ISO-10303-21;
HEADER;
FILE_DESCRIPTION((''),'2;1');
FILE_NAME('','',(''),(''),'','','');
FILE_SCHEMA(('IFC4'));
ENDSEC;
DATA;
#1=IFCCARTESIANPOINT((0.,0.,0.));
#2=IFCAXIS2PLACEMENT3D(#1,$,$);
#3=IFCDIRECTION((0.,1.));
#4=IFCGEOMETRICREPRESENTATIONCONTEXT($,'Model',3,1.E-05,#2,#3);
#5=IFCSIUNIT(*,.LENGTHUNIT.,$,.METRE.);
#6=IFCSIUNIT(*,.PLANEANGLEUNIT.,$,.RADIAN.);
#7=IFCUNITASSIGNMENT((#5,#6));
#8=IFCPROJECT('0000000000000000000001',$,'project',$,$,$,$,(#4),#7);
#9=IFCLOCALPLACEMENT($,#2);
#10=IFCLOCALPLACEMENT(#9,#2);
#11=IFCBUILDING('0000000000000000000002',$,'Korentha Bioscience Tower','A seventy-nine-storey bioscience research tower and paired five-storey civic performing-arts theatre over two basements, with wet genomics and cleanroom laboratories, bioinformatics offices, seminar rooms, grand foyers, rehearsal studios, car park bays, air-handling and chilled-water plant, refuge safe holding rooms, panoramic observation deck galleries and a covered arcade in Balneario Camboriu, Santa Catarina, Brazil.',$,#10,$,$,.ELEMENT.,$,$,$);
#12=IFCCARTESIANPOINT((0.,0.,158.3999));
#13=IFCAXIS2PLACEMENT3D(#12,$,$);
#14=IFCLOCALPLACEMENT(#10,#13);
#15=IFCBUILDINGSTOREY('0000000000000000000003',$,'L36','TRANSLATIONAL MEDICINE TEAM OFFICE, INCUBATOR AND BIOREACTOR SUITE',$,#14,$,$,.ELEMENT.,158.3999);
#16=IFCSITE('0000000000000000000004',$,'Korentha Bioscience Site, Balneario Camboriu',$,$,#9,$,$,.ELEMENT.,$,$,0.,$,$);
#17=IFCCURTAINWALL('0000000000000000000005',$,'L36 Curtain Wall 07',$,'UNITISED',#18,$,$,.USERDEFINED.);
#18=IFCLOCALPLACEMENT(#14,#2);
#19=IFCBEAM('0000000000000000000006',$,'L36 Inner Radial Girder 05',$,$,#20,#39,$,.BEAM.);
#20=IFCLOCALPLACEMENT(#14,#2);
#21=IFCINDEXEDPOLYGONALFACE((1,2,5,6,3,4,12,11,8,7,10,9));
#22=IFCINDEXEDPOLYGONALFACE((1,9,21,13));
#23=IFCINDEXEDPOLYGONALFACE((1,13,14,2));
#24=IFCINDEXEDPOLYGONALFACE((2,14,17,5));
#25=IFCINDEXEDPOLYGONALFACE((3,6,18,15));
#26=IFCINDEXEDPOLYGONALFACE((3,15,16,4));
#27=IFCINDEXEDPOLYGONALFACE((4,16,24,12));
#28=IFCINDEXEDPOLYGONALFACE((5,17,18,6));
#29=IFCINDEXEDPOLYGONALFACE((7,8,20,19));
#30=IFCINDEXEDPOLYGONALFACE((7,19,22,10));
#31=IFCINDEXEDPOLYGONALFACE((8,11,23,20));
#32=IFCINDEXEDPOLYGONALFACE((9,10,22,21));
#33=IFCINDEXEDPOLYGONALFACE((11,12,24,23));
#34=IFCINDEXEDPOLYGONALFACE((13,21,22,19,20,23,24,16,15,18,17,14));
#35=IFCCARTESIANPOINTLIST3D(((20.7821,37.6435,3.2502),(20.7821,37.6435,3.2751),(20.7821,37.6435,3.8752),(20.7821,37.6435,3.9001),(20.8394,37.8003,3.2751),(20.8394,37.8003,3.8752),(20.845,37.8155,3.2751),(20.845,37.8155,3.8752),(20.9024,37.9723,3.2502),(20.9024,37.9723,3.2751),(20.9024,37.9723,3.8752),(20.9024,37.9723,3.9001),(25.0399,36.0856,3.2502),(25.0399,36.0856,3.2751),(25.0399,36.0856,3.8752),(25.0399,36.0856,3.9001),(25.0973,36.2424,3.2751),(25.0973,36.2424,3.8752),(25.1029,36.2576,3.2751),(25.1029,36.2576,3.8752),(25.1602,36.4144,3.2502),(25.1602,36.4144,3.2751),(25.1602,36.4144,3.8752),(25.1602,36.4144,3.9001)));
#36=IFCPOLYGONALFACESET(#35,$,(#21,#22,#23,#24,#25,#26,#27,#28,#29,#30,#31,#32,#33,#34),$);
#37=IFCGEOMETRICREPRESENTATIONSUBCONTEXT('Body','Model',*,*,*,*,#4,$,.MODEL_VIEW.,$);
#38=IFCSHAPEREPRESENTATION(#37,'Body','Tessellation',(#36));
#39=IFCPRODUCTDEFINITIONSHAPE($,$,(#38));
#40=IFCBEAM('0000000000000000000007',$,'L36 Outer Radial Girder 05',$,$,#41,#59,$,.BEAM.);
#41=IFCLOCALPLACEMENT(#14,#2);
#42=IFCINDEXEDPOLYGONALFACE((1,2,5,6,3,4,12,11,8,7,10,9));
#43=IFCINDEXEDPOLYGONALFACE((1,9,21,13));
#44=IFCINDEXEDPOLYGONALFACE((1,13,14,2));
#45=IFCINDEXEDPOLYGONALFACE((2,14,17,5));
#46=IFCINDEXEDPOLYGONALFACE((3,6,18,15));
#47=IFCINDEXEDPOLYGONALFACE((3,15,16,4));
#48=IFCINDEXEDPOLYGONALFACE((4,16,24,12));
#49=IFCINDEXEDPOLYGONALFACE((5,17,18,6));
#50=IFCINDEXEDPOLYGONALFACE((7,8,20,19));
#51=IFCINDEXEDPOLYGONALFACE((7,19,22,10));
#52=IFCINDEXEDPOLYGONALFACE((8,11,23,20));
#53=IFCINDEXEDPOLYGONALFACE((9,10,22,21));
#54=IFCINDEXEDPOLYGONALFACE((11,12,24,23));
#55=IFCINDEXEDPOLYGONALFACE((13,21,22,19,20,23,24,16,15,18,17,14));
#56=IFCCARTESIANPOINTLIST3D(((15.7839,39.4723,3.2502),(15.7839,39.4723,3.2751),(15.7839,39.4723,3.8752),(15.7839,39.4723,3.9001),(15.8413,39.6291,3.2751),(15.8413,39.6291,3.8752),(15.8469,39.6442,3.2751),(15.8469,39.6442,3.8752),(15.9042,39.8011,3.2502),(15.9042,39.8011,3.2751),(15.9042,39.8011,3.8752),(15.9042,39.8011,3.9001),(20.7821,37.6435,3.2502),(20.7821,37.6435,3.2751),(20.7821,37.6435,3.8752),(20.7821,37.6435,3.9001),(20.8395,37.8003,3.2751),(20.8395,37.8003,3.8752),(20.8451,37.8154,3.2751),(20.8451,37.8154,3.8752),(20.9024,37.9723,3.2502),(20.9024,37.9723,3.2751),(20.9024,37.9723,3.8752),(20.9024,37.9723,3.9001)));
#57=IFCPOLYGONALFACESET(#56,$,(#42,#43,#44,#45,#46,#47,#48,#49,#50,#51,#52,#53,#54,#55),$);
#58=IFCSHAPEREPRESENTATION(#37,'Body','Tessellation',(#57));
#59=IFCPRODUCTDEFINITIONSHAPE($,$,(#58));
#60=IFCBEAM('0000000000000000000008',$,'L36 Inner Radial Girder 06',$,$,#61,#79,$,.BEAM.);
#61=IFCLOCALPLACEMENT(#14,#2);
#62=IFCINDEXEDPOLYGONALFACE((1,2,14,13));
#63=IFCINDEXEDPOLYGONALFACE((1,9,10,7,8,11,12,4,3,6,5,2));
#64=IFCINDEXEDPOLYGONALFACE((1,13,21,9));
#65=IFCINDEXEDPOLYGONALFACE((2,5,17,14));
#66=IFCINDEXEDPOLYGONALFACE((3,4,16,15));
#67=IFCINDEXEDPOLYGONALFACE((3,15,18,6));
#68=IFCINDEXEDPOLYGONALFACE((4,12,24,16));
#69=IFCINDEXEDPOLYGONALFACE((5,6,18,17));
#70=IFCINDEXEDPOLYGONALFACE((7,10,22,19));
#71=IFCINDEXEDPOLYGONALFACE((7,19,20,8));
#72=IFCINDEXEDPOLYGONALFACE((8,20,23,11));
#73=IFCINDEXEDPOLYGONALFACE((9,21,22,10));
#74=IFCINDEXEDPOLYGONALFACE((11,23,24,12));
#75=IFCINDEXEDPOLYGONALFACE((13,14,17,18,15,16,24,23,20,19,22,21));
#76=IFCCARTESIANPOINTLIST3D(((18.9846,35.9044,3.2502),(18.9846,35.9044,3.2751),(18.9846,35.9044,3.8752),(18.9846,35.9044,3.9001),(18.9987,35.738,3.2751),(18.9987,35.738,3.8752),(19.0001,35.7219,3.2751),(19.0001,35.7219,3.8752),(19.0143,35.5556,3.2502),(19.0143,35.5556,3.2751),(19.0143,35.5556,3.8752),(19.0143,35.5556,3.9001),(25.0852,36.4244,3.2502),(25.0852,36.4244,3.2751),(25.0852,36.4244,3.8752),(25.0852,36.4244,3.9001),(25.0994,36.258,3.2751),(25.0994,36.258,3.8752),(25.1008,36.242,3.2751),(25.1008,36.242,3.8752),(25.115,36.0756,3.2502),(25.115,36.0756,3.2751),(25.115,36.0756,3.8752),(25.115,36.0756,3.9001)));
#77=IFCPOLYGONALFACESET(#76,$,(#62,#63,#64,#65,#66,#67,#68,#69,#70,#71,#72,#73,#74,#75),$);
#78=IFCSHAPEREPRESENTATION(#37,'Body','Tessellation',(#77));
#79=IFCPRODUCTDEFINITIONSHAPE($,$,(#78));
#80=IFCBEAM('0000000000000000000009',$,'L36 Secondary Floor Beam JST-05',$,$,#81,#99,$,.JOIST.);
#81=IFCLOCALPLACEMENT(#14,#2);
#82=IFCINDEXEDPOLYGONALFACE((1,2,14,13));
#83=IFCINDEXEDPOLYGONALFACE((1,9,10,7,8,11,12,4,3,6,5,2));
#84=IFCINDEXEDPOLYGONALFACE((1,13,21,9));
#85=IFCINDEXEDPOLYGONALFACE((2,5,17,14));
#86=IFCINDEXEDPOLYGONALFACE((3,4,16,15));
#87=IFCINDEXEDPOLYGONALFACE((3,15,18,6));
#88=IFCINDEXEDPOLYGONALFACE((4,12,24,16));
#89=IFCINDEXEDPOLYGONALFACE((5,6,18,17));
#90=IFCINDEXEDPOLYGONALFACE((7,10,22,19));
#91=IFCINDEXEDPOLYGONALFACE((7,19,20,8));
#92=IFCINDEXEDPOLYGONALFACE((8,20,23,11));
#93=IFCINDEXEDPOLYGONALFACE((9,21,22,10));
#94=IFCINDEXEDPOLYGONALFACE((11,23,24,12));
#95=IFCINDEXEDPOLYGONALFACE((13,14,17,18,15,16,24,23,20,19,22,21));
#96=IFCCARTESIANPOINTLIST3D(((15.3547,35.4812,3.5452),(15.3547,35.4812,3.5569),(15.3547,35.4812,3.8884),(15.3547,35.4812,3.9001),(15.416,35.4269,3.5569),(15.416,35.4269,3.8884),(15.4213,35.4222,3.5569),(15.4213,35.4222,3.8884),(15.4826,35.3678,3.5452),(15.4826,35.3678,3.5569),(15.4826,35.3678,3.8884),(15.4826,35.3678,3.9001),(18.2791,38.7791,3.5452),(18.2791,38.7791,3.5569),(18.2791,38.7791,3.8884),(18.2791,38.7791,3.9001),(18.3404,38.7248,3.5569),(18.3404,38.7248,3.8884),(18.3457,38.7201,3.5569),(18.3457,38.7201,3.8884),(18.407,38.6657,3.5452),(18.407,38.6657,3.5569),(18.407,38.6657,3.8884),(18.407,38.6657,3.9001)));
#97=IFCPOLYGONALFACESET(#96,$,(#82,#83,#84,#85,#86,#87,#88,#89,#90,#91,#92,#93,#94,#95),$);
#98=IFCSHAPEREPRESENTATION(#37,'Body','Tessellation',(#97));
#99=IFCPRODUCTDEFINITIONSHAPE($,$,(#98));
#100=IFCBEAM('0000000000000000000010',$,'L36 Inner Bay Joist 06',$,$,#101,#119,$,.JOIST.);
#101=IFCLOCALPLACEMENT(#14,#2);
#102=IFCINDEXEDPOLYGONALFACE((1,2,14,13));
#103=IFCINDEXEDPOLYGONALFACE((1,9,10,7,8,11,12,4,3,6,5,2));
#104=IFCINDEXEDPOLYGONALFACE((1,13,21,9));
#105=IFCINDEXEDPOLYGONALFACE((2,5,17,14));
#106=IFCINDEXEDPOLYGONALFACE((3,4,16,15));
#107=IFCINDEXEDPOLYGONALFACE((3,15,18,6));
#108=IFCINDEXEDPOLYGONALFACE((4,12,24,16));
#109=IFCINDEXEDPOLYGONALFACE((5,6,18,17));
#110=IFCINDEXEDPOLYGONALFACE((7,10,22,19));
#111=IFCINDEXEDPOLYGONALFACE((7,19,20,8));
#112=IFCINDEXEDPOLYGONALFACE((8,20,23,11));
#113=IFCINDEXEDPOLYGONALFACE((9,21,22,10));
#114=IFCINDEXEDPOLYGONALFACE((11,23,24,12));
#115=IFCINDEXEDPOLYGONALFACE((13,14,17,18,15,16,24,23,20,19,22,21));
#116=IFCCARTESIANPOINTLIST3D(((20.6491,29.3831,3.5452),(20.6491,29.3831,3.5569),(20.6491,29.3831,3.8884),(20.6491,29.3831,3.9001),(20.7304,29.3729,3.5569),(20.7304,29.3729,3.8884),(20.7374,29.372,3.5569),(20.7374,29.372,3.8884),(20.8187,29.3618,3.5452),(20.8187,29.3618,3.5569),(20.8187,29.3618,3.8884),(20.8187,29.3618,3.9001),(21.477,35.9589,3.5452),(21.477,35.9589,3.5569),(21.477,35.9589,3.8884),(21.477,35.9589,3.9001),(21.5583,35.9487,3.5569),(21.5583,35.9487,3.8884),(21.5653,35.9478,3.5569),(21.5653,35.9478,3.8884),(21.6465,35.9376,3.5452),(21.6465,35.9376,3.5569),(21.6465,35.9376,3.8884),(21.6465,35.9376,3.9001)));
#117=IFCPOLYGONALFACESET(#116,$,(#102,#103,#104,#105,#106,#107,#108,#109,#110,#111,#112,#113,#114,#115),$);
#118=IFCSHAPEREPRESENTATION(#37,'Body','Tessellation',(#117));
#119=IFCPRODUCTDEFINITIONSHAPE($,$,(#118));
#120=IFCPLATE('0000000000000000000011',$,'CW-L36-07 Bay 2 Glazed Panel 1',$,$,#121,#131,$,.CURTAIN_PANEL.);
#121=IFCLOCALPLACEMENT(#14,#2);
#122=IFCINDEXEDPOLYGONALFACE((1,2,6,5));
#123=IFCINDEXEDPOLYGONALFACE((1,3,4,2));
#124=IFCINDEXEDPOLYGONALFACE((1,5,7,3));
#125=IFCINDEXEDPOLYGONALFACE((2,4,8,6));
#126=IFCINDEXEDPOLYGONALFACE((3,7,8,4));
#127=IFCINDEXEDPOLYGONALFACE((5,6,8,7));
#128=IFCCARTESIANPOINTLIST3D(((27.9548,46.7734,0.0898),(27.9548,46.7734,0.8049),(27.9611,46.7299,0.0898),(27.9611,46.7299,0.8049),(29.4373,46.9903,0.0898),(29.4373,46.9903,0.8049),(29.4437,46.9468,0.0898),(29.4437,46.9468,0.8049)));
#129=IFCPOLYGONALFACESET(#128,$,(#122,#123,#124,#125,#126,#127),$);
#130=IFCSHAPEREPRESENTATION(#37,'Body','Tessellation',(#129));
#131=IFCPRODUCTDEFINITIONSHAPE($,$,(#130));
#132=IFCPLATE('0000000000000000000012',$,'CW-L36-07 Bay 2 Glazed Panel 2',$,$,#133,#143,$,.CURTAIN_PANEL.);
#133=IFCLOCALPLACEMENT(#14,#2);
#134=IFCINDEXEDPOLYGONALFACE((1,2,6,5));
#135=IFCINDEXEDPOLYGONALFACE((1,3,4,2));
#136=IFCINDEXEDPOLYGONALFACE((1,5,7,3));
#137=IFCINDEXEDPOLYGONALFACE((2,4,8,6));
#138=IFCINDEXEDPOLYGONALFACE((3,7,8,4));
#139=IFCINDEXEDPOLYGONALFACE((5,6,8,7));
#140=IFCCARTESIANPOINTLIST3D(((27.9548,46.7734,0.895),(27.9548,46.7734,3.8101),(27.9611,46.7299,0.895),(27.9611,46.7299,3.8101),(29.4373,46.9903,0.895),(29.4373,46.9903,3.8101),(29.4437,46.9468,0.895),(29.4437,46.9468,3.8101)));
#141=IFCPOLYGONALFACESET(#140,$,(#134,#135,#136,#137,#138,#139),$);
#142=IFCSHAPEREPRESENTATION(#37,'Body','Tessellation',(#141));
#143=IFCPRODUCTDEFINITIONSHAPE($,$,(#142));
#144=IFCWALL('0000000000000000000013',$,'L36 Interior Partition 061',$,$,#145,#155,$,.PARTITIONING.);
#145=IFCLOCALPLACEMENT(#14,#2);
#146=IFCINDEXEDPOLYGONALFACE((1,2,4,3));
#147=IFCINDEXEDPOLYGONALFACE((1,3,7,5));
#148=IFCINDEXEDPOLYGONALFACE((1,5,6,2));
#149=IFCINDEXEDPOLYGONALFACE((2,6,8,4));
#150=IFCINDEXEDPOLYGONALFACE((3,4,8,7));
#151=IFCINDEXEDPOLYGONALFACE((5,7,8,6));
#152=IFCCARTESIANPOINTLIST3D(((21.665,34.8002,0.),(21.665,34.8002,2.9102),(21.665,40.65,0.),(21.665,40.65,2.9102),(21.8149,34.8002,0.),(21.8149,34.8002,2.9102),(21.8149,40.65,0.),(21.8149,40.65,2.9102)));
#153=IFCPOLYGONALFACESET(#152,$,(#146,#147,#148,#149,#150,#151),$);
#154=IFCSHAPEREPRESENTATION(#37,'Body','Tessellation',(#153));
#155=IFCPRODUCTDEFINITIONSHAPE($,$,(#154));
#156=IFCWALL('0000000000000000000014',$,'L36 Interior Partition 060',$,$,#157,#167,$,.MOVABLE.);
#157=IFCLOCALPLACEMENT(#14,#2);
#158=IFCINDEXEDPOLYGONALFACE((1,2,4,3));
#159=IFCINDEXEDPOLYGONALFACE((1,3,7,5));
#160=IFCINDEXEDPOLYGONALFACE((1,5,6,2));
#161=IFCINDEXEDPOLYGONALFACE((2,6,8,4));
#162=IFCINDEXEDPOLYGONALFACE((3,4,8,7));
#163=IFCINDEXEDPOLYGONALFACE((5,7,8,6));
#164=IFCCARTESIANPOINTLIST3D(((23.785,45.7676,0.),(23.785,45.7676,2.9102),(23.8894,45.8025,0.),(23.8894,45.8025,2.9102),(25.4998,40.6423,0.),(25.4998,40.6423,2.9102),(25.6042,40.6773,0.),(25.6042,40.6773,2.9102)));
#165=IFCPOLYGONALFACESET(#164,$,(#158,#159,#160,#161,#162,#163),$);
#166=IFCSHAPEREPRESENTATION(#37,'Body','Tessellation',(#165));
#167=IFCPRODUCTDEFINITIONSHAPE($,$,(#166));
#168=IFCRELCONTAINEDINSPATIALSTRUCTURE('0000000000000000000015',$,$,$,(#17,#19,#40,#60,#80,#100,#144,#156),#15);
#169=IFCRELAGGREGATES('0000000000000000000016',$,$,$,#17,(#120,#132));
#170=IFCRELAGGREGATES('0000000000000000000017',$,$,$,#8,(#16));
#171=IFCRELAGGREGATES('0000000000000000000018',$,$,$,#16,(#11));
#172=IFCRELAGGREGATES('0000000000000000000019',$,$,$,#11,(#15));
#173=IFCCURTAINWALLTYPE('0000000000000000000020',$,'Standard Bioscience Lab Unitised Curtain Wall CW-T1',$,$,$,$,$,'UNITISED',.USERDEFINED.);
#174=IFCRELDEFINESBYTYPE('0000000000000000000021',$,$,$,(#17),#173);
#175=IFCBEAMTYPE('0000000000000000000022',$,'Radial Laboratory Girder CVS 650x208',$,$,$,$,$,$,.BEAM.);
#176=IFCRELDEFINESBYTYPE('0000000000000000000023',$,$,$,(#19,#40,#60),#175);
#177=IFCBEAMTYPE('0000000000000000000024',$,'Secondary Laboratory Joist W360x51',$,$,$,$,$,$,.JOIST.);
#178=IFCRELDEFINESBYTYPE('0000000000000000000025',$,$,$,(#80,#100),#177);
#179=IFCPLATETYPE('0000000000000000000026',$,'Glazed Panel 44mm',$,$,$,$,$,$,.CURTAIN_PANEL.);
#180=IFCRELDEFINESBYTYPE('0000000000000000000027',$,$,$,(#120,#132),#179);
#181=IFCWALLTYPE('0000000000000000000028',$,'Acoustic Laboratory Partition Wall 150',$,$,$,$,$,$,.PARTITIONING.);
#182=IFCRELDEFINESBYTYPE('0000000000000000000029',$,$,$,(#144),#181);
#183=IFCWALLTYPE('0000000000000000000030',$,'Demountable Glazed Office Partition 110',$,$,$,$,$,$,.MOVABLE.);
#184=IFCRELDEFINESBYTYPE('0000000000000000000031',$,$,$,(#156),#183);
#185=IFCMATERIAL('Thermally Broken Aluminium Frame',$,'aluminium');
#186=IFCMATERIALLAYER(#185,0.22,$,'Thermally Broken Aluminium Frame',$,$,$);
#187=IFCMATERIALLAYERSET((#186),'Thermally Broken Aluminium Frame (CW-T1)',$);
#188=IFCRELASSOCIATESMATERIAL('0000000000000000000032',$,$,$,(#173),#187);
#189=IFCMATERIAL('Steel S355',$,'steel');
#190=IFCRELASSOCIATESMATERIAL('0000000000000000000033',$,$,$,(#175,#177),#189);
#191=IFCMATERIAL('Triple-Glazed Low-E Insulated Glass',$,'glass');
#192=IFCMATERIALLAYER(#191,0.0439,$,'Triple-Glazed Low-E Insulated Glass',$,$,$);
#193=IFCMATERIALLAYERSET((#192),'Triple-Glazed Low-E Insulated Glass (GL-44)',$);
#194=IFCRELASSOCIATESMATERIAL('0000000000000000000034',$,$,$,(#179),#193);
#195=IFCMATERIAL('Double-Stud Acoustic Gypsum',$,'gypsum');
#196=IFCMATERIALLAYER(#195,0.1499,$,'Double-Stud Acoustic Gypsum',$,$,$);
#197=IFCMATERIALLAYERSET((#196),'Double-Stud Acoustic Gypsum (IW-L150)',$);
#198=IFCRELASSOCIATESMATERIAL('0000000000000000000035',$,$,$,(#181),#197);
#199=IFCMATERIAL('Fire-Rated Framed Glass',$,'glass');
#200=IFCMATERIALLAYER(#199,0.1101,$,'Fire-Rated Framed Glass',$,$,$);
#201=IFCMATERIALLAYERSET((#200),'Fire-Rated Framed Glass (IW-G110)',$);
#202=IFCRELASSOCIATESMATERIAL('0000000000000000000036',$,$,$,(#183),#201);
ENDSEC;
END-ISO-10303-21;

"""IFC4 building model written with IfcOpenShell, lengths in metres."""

from ifc_helpers import new_model, si_unit, direction, frame, frame_2d, origin, origin_2d, place, context, subcontext, project, spatial, rectangle, i_section, extrude, material, layer, layer_set, material_profile, profile_set, type_object, element, aggregate, save


model = new_model("IFC4")

# Units and contexts
model_context = context("Model", 3, precision=1e-05, world=origin(), true_north=direction((0.0, 1.0)))
body_context = subcontext(model_context, "Body", "Model", "MODEL_VIEW")
ifc_project = project(units=[si_unit("LENGTHUNIT", "METRE"), si_unit("PLANEANGLEUNIT", "RADIAN")], contexts=[model_context])

# Site, building, storey
site_placement = place(None, origin())
site = spatial("IfcSite", under=ifc_project, at=site_placement, Name="Korentha Bioscience Site, Balneario Camboriu", CompositionType="ELEMENT", RefElevation=0.0)
building_placement = place(site_placement, origin())
building = spatial("IfcBuilding", under=site, at=building_placement, Name="Korentha Bioscience Tower", Description="A seventy-nine-storey bioscience research tower and paired five-storey civic performing-arts theatre over two basements, with wet genomics and cleanroom laboratories, bioinformatics offices, seminar rooms, grand foyers, rehearsal studios, car park bays, air-handling and chilled-water plant, refuge safe holding rooms, panoramic observation deck galleries and a covered arcade in Balneario Camboriu, Santa Catarina, Brazil.", CompositionType="ELEMENT")
storey_placement = place(building_placement, frame((0.0, 0.0, 158.3999)))
storey = spatial("IfcBuildingStorey", under=building, at=storey_placement, Name="L36", Description="TRANSLATIONAL MEDICINE TEAM OFFICE, INCUBATOR AND BIOREACTOR SUITE", CompositionType="ELEMENT", Elevation=158.3999)

# Shared definitions
ifc_material_1 = material(Name="Steel S355", Category="steel")

# Curtain wall
ifc_material_2 = material(Name="Thermally Broken Aluminium Frame", Category="aluminium")
ifc_layer_1 = layer(ifc_material_2, 0.22, Name="Thermally Broken Aluminium Frame")
ifc_layer_set_1 = layer_set([ifc_layer_1], Name="Thermally Broken Aluminium Frame (CW-T1)")
curtain_wall_type = type_object("IfcCurtainWallType", Name="Standard Bioscience Lab Unitised Curtain Wall CW-T1", ElementType="UNITISED", PredefinedType="USERDEFINED", material=ifc_layer_set_1)
curtain_wall_placement = place(storey_placement, origin())
curtain_wall = element("IfcCurtainWall", 1, at=curtain_wall_placement, inside=storey, type_object=curtain_wall_type, Name="L36 Curtain Wall 07", ObjectType="UNITISED", PredefinedType="USERDEFINED")

# Beams
ifc_material_profile_1 = material_profile(ifc_material_1, i_section(OverallWidth=0.3501, OverallDepth=0.6499, WebThickness=0.0161, FlangeThickness=0.0249, at=origin_2d()), Name="Steel S355")
ifc_profile_set_1 = profile_set([ifc_material_profile_1], Name="Steel S355 (RB-650)")
beam_type_1 = type_object("IfcBeamType", Name="Radial Laboratory Girder CVS 650x208", PredefinedType="BEAM", material=ifc_profile_set_1)
beam_1_placement = place(storey_placement, frame((25.1001, 36.25, 3.5752), z_axis=(-0.939114, 0.343606, 0.0), x_axis=(-0.343606, -0.939114, 0.0)))
element("IfcBeam", 2, at=beam_1_placement, inside=storey, type_object=beam_type_1, Name="L36 Inner Radial Girder 05", PredefinedType="BEAM", context=body_context, shape_type="SweptSolid", body=[
    extrude(i_section(OverallWidth=0.3501, OverallDepth=0.6499, WebThickness=0.0161, FlangeThickness=0.0249, at=origin_2d()), origin(), (0.0, 0.0, 1.0), 4.5339),
])
beam_2_placement = place(storey_placement, frame((20.8423, 37.8079, 3.5752), z_axis=(-0.93911, 0.343617, 0.0), x_axis=(-0.343617, -0.93911, 0.0)))
element("IfcBeam", 3, at=beam_2_placement, inside=storey, type_object=beam_type_1, Name="L36 Outer Radial Girder 05", PredefinedType="BEAM", context=body_context, shape_type="SweptSolid", body=[
    extrude(i_section(OverallWidth=0.3501, OverallDepth=0.6499, WebThickness=0.0161, FlangeThickness=0.0249, at=origin_2d()), origin(), (0.0, 0.0, 1.0), 5.3223),
])
beam_3_placement = place(storey_placement, frame((25.1001, 36.25, 3.5752), z_axis=(-0.996387, -0.084933, 0.0), x_axis=(0.084933, -0.996387, 0.0)))
element("IfcBeam", 4, at=beam_3_placement, inside=storey, type_object=beam_type_1, Name="L36 Inner Radial Girder 06", PredefinedType="BEAM", context=body_context, shape_type="SweptSolid", body=[
    extrude(i_section(OverallWidth=0.3501, OverallDepth=0.6499, WebThickness=0.0161, FlangeThickness=0.0249, at=origin_2d()), origin(), (0.0, 0.0, 1.0), 6.1228),
])
ifc_material_profile_2 = material_profile(ifc_material_1, i_section(OverallWidth=0.1709, OverallDepth=0.355, WebThickness=0.0071, FlangeThickness=0.0117, at=origin_2d()), Name="Steel S355")
ifc_profile_set_2 = profile_set([ifc_material_profile_2], Name="Steel S355 (JB-360)")
beam_type_2 = type_object("IfcBeamType", Name="Secondary Laboratory Joist W360x51", PredefinedType="JOIST", material=ifc_profile_set_2)
beam_4_placement = place(storey_placement, frame((18.343, 38.7224, 3.7227), z_axis=(-0.663463, -0.748209, 0.0), x_axis=(0.748209, -0.663463, 0.0)))
element("IfcBeam", 5, at=beam_4_placement, inside=storey, type_object=beam_type_2, Name="L36 Secondary Floor Beam JST-05", PredefinedType="JOIST", context=body_context, shape_type="SweptSolid", body=[
    extrude(i_section(OverallWidth=0.1709, OverallDepth=0.355, WebThickness=0.0071, FlangeThickness=0.0117, at=origin_2d()), origin(), (0.0, 0.0, 1.0), 4.4077),
])
beam_5_placement = place(storey_placement, frame((21.5618, 35.9482, 3.7227), z_axis=(-0.124914, -0.992168, 0.0), x_axis=(0.992168, -0.124914, 0.0)))
element("IfcBeam", 6, at=beam_5_placement, inside=storey, type_object=beam_type_2, Name="L36 Inner Bay Joist 06", PredefinedType="JOIST", context=body_context, shape_type="SweptSolid", body=[
    extrude(i_section(OverallWidth=0.1709, OverallDepth=0.355, WebThickness=0.0071, FlangeThickness=0.0117, at=origin_2d()), origin(), (0.0, 0.0, 1.0), 6.6277),
])

# Plates
ifc_material_3 = material(Name="Triple-Glazed Low-E Insulated Glass", Category="glass")
ifc_layer_2 = layer(ifc_material_3, 0.0439, Name="Triple-Glazed Low-E Insulated Glass")
ifc_layer_set_2 = layer_set([ifc_layer_2], Name="Triple-Glazed Low-E Insulated Glass (GL-44)")
plate_type = type_object("IfcPlateType", Name="Glazed Panel 44mm", PredefinedType="CURTAIN_PANEL", material=ifc_layer_set_2)
plate_1_placement = place(storey_placement, frame((28.6992, 46.8601, 0.0898), z_axis=(0.0, 0.0, 1.0), x_axis=(-0.989462, -0.144793, 0.0)))
plate_1 = element("IfcPlate", 7, at=plate_1_placement, type_object=plate_type, Name="CW-L36-07 Bay 2 Glazed Panel 1", PredefinedType="CURTAIN_PANEL", context=body_context, shape_type="SweptSolid", body=[
    extrude(rectangle(XDim=1.4983, YDim=0.0439, at=origin_2d()), origin(), (0.0, 0.0, 1.0), 0.7151),
])
plate_2_placement = place(storey_placement, frame((28.6992, 46.8601, 0.895), z_axis=(0.0, 0.0, 1.0), x_axis=(-0.989462, -0.144793, 0.0)))
plate_2 = element("IfcPlate", 8, at=plate_2_placement, type_object=plate_type, Name="CW-L36-07 Bay 2 Glazed Panel 2", PredefinedType="CURTAIN_PANEL", context=body_context, shape_type="SweptSolid", body=[
    extrude(rectangle(XDim=1.4983, YDim=0.0439, at=origin_2d()), origin(), (0.0, 0.0, 1.0), 2.915),
])
aggregate(curtain_wall, [plate_1, plate_2])

# Shared definitions
ifc_material_4 = material(Name="Double-Stud Acoustic Gypsum", Category="gypsum")
ifc_layer_3 = layer(ifc_material_4, 0.1499, Name="Double-Stud Acoustic Gypsum")
ifc_layer_set_3 = layer_set([ifc_layer_3], Name="Double-Stud Acoustic Gypsum (IW-L150)")
wall_type_1 = type_object("IfcWallType", Name="Acoustic Laboratory Partition Wall 150", PredefinedType="PARTITIONING", material=ifc_layer_set_3)

# Walls
wall_1_placement = place(storey_placement, frame((21.74, 40.6499, 0.0), z_axis=(0.0, 0.0, 1.0), x_axis=(0.0, -1.0, 0.0)))
element("IfcWall", 9, at=wall_1_placement, inside=storey, type_object=wall_type_1, Name="L36 Interior Partition 061", PredefinedType="PARTITIONING", context=body_context, shape_type="SweptSolid", body=[
    extrude(rectangle(XDim=5.8499, YDim=0.1499, at=frame_2d((2.9248, 0.0))), origin(), (0.0, 0.0, 1.0), 2.9102),
])
ifc_material_5 = material(Name="Fire-Rated Framed Glass", Category="glass")
ifc_layer_4 = layer(ifc_material_5, 0.1101, Name="Fire-Rated Framed Glass")
ifc_layer_set_4 = layer_set([ifc_layer_4], Name="Fire-Rated Framed Glass (IW-G110)")
wall_type_2 = type_object("IfcWallType", Name="Demountable Glazed Office Partition 110", PredefinedType="MOVABLE", material=ifc_layer_set_4)
wall_2_placement = place(storey_placement, frame((25.552, 40.6599, 0.0), z_axis=(0.0, 0.0, 1.0), x_axis=(-0.317298, 0.948326, 0.0)))
element("IfcWall", 10, at=wall_2_placement, inside=storey, type_object=wall_type_2, Name="L36 Interior Partition 060", PredefinedType="MOVABLE", context=body_context, shape_type="SweptSolid", body=[
    extrude(rectangle(XDim=5.4045, YDim=0.1101, at=frame_2d((2.7021, 0.0))), origin(), (0.0, 0.0, 1.0), 2.9102),
])

save(model, "model.ifc")
